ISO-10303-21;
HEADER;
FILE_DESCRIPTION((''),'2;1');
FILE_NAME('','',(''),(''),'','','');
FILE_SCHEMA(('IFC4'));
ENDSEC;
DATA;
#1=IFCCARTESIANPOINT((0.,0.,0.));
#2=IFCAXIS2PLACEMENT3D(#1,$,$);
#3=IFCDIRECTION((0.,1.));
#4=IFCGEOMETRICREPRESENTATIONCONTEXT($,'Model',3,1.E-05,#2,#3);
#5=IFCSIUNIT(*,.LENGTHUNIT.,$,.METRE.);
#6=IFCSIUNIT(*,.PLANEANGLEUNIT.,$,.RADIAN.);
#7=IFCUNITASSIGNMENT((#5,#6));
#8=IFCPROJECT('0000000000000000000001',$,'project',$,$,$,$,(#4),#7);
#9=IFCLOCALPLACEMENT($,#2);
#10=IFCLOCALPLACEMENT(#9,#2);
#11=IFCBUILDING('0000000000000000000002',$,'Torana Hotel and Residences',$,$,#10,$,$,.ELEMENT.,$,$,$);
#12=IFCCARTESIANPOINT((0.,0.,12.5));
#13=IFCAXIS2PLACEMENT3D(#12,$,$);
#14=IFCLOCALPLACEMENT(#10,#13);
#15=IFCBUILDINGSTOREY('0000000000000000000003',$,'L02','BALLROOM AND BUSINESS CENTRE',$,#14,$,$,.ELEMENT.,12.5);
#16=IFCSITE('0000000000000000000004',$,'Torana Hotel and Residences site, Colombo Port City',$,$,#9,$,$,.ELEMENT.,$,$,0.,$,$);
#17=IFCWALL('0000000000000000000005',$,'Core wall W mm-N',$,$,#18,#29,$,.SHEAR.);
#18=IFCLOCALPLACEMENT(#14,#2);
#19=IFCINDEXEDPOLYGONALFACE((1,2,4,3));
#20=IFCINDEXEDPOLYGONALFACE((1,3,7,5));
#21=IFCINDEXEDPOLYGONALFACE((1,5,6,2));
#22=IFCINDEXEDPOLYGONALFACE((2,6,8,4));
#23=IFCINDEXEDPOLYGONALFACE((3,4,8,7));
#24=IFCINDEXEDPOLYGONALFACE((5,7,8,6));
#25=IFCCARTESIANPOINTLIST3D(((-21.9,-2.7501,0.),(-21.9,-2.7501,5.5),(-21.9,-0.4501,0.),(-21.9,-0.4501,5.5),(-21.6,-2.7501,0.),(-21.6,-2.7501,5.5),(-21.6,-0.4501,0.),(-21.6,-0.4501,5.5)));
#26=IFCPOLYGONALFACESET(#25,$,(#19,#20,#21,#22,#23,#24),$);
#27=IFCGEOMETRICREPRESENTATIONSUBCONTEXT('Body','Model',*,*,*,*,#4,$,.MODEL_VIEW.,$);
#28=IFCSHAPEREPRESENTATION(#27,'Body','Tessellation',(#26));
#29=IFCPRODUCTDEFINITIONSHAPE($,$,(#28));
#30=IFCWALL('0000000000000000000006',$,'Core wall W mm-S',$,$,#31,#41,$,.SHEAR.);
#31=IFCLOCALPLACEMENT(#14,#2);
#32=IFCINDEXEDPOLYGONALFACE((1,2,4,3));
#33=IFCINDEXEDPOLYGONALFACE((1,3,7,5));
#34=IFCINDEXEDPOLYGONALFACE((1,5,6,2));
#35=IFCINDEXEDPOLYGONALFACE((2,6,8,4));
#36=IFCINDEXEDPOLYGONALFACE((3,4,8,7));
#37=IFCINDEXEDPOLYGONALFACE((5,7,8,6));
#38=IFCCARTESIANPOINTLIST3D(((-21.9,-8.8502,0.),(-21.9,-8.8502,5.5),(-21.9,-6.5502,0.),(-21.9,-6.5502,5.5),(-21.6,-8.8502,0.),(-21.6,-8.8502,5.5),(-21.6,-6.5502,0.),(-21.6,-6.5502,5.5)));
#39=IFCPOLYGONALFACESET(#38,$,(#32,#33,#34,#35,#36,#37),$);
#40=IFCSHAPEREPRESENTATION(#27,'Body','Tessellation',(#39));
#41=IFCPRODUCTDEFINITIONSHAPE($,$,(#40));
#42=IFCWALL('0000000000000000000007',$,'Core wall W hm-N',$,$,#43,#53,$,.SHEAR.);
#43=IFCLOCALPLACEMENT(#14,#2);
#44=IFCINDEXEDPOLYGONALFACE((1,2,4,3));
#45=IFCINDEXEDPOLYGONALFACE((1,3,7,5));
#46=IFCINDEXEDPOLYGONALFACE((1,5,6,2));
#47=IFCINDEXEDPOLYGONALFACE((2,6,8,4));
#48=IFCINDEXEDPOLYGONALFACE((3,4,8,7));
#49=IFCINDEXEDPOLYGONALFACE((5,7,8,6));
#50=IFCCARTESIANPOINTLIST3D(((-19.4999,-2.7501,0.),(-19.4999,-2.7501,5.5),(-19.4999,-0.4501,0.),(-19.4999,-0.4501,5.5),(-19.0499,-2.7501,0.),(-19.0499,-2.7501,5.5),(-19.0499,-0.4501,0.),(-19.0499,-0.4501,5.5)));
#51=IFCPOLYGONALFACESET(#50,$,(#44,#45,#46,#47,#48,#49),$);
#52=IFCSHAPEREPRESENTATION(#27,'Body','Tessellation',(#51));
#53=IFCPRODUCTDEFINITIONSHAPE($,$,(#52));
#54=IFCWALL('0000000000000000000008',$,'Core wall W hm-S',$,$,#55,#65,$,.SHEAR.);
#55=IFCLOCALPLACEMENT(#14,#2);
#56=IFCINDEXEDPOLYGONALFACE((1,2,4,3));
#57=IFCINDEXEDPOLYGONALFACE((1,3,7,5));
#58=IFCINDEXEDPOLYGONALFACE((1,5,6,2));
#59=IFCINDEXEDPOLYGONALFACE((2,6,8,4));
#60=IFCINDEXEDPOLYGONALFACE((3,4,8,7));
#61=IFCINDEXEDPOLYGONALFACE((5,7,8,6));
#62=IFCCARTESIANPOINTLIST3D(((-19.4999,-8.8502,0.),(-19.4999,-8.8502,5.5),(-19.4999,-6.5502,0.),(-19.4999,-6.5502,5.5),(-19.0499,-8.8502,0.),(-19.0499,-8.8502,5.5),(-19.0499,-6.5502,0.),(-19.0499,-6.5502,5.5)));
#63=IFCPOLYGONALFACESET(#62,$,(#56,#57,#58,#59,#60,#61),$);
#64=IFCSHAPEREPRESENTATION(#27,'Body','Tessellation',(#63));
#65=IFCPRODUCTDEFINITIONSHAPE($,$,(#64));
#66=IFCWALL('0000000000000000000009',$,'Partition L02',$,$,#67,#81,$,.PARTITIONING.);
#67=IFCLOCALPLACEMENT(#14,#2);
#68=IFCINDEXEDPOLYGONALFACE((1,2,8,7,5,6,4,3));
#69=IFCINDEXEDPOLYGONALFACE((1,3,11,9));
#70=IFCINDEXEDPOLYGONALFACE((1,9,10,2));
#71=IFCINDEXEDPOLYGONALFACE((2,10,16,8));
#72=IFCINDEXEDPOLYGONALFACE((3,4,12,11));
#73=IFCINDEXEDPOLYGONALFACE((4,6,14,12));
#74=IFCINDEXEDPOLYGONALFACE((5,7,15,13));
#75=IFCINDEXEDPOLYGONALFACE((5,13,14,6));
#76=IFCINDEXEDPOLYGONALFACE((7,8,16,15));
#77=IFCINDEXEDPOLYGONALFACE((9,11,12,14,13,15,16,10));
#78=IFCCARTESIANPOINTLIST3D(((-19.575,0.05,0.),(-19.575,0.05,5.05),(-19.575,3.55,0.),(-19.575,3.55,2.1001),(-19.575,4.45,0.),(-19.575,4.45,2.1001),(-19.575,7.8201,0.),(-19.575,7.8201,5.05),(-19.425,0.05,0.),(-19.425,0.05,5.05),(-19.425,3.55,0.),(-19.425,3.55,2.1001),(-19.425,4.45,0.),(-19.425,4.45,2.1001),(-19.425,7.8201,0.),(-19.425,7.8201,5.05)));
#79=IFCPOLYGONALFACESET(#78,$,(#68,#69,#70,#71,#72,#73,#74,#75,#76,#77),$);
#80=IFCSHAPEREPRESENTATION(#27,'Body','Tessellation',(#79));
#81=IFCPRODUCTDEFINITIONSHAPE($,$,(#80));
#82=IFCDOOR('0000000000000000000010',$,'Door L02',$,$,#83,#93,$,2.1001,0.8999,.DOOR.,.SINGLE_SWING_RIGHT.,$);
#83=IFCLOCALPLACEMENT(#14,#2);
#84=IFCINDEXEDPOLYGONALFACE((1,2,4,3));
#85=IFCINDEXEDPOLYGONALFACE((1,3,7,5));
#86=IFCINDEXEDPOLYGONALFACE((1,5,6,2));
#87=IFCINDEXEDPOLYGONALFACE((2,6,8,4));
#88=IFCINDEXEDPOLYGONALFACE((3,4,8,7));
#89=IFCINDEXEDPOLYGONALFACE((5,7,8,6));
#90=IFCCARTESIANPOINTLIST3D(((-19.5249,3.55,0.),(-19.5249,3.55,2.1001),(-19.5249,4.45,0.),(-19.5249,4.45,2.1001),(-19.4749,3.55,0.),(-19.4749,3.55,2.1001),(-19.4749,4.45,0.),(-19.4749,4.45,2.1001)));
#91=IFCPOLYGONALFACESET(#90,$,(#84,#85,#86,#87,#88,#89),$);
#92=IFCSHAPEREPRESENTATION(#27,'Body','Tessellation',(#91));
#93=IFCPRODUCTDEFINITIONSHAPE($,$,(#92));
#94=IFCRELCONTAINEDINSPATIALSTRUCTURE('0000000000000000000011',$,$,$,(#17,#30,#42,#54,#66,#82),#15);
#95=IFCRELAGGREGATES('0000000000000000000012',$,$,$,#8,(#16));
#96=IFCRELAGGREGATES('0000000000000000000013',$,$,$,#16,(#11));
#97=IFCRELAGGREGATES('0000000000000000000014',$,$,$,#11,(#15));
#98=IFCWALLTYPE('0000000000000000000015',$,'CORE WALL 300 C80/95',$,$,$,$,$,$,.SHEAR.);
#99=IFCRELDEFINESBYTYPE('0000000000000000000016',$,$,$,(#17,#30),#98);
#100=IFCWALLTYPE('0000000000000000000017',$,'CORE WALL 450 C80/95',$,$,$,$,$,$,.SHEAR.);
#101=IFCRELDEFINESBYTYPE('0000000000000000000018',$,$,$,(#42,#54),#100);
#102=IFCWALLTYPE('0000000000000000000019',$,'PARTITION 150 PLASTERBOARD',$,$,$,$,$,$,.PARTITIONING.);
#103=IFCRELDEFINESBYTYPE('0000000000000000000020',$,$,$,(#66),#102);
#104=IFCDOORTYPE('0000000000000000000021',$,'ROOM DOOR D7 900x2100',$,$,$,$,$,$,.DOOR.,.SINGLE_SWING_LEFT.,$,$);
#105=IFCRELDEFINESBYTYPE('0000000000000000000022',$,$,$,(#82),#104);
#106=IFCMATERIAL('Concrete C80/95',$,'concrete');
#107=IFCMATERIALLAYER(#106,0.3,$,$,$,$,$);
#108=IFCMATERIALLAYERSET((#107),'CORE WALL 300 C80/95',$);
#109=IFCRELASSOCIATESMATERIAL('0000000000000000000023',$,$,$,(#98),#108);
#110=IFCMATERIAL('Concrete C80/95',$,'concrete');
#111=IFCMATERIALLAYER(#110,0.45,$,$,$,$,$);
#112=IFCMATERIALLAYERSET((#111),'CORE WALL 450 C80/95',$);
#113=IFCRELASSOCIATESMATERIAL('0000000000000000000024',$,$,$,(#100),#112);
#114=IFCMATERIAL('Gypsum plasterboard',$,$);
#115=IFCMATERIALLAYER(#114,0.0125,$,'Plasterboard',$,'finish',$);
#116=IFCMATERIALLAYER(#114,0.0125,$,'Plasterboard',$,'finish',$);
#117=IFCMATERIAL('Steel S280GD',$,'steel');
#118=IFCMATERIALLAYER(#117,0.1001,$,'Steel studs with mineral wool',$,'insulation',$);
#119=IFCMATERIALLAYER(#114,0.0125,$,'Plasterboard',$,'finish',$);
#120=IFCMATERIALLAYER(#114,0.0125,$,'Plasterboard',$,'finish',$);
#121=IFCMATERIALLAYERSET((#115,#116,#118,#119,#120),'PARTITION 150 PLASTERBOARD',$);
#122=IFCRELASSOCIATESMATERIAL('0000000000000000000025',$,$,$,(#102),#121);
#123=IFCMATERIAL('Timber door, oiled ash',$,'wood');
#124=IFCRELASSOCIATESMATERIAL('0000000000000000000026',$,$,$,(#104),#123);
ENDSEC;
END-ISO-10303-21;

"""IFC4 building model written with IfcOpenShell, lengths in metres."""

from ifc_helpers import new_model, si_unit, direction, frame, frame_2d, origin, place, context, subcontext, project, spatial, rectangle, extrude, material, layer, layer_set, type_object, element, fill, save


model = new_model("IFC4")

# Units and contexts
model_context = context("Model", 3, precision=1e-05, world=origin(), true_north=direction((0.0, 1.0)))
body_context = subcontext(model_context, "Body", "Model", "MODEL_VIEW")
ifc_project = project(units=[si_unit("LENGTHUNIT", "METRE"), si_unit("PLANEANGLEUNIT", "RADIAN")], contexts=[model_context])

# Site, building, storey
site_placement = place(None, origin())
site = spatial("IfcSite", under=ifc_project, at=site_placement, Name="Torana Hotel and Residences site, Colombo Port City", CompositionType="ELEMENT", RefElevation=0.0)
building_placement = place(site_placement, origin())
building = spatial("IfcBuilding", under=site, at=building_placement, Name="Torana Hotel and Residences", CompositionType="ELEMENT")
storey_placement = place(building_placement, frame((0.0, 0.0, 12.5)))
storey = spatial("IfcBuildingStorey", under=building, at=storey_placement, Name="L02", Description="BALLROOM AND BUSINESS CENTRE", CompositionType="ELEMENT", Elevation=12.5)

# Walls
ifc_material_1 = material(Name="Concrete C80/95", Category="concrete")
ifc_layer_1 = layer(ifc_material_1, 0.3)
ifc_layer_set_1 = layer_set([ifc_layer_1], Name="CORE WALL 300 C80/95")
wall_type_1 = type_object("IfcWallType", Name="CORE WALL 300 C80/95", PredefinedType="SHEAR", material=ifc_layer_set_1)
for number, where, z_axis, x_axis, name in (
    (1, (-21.75, -2.75, 0.0), (0.0, 0.0, 1.0), (0.0, 1.0, 0.0), "Core wall W mm-N"),
    (2, (-21.75, -8.8501, 0.0), (0.0, 0.0, 1.0), (0.0, 1.0, 0.0), "Core wall W mm-S"),
):
    element("IfcWall", number, at=place(storey_placement, frame(where, z_axis=z_axis, x_axis=x_axis)), inside=storey, type_object=wall_type_1, Name=name, PredefinedType="SHEAR", context=body_context, shape_type="SweptSolid", body=[
        extrude(rectangle(XDim=2.3, YDim=0.3, at=frame_2d((1.1499, 0.0))), origin(), (0.0, 0.0, 1.0), 5.5),
    ])
ifc_material_2 = material(Name="Concrete C80/95", Category="concrete")
ifc_layer_2 = layer(ifc_material_2, 0.45)
ifc_layer_set_2 = layer_set([ifc_layer_2], Name="CORE WALL 450 C80/95")
wall_type_2 = type_object("IfcWallType", Name="CORE WALL 450 C80/95", PredefinedType="SHEAR", material=ifc_layer_set_2)
for number, where, z_axis, x_axis, name in (
    (3, (-19.2749, -2.75, 0.0), (0.0, 0.0, 1.0), (0.0, 1.0, 0.0), "Core wall W hm-N"),
    (4, (-19.2749, -8.8501, 0.0), (0.0, 0.0, 1.0), (0.0, 1.0, 0.0), "Core wall W hm-S"),
):
    element("IfcWall", number, at=place(storey_placement, frame(where, z_axis=z_axis, x_axis=x_axis)), inside=storey, type_object=wall_type_2, Name=name, PredefinedType="SHEAR", context=body_context, shape_type="SweptSolid", body=[
        extrude(rectangle(XDim=2.3, YDim=0.45, at=frame_2d((1.1499, 0.0))), origin(), (0.0, 0.0, 1.0), 5.5),
    ])

# Wall, opening, door
ifc_material_3 = material(Name="Gypsum plasterboard")
ifc_layer_3 = layer(ifc_material_3, 0.0125, Name="Plasterboard", Category="finish")
ifc_layer_4 = layer(ifc_material_3, 0.0125, Name="Plasterboard", Category="finish")
ifc_material_4 = material(Name="Steel S280GD", Category="steel")
ifc_layer_5 = layer(ifc_material_4, 0.1001, Name="Steel studs with mineral wool", Category="insulation")
ifc_layer_6 = layer(ifc_material_3, 0.0125, Name="Plasterboard", Category="finish")
ifc_layer_7 = layer(ifc_material_3, 0.0125, Name="Plasterboard", Category="finish")
ifc_layer_set_3 = layer_set([ifc_layer_3, ifc_layer_4, ifc_layer_5, ifc_layer_6, ifc_layer_7], Name="PARTITION 150 PLASTERBOARD")
wall_type_3 = type_object("IfcWallType", Name="PARTITION 150 PLASTERBOARD", PredefinedType="PARTITIONING", material=ifc_layer_set_3)
wall_placement = place(storey_placement, frame((-19.5, 0.05, 0.0), z_axis=(0.0, 0.0, 1.0), x_axis=(0.0, 1.0, 0.0)))
wall = element("IfcWall", 5, at=wall_placement, inside=storey, type_object=wall_type_3, Name="Partition L02", PredefinedType="PARTITIONING", context=body_context, shape_type="SweptSolid", body=[
    extrude(rectangle(XDim=7.77, YDim=0.1499, at=frame_2d((3.885, 0.0))), origin(), (0.0, 0.0, 1.0), 5.05),
])
opening_placement = place(wall_placement, frame((3.5, 0.0, 0.0)))
opening = element("IfcOpeningElement", 6, at=opening_placement, cuts=wall, PredefinedType="OPENING", context=body_context, shape_type="SweptSolid", body=[
    extrude(rectangle(XDim=0.8999, YDim=2.1001, at=frame_2d((0.45, 1.05))), frame((0.0, 0.085, 0.0), z_axis=(0.0, -1.0, 0.0), x_axis=(1.0, 0.0, 0.0)), (0.0, 0.0, 1.0), 0.1699),
])
ifc_material_5 = material(Name="Timber door, oiled ash", Category="wood")
door_type = type_object("IfcDoorType", Name="ROOM DOOR D7 900x2100", OperationType="SINGLE_SWING_LEFT", PredefinedType="DOOR", material=ifc_material_5)
door_placement = place(opening_placement, origin())
door = element("IfcDoor", 7, at=door_placement, inside=storey, type_object=door_type, Name="Door L02", OperationType="SINGLE_SWING_RIGHT", OverallHeight=2.1001, OverallWidth=0.8999, PredefinedType="DOOR", context=body_context, shape_type="SweptSolid", body=[
    extrude(rectangle(XDim=0.8999, YDim=2.1001, at=frame_2d((0.45, 1.05))), frame((0.0, 0.0249, 0.0), z_axis=(0.0, -1.0, 0.0), x_axis=(1.0, 0.0, 0.0)), (0.0, 0.0, 1.0), 0.05),
])
fill(opening, door)

save(model, "model.ifc")
